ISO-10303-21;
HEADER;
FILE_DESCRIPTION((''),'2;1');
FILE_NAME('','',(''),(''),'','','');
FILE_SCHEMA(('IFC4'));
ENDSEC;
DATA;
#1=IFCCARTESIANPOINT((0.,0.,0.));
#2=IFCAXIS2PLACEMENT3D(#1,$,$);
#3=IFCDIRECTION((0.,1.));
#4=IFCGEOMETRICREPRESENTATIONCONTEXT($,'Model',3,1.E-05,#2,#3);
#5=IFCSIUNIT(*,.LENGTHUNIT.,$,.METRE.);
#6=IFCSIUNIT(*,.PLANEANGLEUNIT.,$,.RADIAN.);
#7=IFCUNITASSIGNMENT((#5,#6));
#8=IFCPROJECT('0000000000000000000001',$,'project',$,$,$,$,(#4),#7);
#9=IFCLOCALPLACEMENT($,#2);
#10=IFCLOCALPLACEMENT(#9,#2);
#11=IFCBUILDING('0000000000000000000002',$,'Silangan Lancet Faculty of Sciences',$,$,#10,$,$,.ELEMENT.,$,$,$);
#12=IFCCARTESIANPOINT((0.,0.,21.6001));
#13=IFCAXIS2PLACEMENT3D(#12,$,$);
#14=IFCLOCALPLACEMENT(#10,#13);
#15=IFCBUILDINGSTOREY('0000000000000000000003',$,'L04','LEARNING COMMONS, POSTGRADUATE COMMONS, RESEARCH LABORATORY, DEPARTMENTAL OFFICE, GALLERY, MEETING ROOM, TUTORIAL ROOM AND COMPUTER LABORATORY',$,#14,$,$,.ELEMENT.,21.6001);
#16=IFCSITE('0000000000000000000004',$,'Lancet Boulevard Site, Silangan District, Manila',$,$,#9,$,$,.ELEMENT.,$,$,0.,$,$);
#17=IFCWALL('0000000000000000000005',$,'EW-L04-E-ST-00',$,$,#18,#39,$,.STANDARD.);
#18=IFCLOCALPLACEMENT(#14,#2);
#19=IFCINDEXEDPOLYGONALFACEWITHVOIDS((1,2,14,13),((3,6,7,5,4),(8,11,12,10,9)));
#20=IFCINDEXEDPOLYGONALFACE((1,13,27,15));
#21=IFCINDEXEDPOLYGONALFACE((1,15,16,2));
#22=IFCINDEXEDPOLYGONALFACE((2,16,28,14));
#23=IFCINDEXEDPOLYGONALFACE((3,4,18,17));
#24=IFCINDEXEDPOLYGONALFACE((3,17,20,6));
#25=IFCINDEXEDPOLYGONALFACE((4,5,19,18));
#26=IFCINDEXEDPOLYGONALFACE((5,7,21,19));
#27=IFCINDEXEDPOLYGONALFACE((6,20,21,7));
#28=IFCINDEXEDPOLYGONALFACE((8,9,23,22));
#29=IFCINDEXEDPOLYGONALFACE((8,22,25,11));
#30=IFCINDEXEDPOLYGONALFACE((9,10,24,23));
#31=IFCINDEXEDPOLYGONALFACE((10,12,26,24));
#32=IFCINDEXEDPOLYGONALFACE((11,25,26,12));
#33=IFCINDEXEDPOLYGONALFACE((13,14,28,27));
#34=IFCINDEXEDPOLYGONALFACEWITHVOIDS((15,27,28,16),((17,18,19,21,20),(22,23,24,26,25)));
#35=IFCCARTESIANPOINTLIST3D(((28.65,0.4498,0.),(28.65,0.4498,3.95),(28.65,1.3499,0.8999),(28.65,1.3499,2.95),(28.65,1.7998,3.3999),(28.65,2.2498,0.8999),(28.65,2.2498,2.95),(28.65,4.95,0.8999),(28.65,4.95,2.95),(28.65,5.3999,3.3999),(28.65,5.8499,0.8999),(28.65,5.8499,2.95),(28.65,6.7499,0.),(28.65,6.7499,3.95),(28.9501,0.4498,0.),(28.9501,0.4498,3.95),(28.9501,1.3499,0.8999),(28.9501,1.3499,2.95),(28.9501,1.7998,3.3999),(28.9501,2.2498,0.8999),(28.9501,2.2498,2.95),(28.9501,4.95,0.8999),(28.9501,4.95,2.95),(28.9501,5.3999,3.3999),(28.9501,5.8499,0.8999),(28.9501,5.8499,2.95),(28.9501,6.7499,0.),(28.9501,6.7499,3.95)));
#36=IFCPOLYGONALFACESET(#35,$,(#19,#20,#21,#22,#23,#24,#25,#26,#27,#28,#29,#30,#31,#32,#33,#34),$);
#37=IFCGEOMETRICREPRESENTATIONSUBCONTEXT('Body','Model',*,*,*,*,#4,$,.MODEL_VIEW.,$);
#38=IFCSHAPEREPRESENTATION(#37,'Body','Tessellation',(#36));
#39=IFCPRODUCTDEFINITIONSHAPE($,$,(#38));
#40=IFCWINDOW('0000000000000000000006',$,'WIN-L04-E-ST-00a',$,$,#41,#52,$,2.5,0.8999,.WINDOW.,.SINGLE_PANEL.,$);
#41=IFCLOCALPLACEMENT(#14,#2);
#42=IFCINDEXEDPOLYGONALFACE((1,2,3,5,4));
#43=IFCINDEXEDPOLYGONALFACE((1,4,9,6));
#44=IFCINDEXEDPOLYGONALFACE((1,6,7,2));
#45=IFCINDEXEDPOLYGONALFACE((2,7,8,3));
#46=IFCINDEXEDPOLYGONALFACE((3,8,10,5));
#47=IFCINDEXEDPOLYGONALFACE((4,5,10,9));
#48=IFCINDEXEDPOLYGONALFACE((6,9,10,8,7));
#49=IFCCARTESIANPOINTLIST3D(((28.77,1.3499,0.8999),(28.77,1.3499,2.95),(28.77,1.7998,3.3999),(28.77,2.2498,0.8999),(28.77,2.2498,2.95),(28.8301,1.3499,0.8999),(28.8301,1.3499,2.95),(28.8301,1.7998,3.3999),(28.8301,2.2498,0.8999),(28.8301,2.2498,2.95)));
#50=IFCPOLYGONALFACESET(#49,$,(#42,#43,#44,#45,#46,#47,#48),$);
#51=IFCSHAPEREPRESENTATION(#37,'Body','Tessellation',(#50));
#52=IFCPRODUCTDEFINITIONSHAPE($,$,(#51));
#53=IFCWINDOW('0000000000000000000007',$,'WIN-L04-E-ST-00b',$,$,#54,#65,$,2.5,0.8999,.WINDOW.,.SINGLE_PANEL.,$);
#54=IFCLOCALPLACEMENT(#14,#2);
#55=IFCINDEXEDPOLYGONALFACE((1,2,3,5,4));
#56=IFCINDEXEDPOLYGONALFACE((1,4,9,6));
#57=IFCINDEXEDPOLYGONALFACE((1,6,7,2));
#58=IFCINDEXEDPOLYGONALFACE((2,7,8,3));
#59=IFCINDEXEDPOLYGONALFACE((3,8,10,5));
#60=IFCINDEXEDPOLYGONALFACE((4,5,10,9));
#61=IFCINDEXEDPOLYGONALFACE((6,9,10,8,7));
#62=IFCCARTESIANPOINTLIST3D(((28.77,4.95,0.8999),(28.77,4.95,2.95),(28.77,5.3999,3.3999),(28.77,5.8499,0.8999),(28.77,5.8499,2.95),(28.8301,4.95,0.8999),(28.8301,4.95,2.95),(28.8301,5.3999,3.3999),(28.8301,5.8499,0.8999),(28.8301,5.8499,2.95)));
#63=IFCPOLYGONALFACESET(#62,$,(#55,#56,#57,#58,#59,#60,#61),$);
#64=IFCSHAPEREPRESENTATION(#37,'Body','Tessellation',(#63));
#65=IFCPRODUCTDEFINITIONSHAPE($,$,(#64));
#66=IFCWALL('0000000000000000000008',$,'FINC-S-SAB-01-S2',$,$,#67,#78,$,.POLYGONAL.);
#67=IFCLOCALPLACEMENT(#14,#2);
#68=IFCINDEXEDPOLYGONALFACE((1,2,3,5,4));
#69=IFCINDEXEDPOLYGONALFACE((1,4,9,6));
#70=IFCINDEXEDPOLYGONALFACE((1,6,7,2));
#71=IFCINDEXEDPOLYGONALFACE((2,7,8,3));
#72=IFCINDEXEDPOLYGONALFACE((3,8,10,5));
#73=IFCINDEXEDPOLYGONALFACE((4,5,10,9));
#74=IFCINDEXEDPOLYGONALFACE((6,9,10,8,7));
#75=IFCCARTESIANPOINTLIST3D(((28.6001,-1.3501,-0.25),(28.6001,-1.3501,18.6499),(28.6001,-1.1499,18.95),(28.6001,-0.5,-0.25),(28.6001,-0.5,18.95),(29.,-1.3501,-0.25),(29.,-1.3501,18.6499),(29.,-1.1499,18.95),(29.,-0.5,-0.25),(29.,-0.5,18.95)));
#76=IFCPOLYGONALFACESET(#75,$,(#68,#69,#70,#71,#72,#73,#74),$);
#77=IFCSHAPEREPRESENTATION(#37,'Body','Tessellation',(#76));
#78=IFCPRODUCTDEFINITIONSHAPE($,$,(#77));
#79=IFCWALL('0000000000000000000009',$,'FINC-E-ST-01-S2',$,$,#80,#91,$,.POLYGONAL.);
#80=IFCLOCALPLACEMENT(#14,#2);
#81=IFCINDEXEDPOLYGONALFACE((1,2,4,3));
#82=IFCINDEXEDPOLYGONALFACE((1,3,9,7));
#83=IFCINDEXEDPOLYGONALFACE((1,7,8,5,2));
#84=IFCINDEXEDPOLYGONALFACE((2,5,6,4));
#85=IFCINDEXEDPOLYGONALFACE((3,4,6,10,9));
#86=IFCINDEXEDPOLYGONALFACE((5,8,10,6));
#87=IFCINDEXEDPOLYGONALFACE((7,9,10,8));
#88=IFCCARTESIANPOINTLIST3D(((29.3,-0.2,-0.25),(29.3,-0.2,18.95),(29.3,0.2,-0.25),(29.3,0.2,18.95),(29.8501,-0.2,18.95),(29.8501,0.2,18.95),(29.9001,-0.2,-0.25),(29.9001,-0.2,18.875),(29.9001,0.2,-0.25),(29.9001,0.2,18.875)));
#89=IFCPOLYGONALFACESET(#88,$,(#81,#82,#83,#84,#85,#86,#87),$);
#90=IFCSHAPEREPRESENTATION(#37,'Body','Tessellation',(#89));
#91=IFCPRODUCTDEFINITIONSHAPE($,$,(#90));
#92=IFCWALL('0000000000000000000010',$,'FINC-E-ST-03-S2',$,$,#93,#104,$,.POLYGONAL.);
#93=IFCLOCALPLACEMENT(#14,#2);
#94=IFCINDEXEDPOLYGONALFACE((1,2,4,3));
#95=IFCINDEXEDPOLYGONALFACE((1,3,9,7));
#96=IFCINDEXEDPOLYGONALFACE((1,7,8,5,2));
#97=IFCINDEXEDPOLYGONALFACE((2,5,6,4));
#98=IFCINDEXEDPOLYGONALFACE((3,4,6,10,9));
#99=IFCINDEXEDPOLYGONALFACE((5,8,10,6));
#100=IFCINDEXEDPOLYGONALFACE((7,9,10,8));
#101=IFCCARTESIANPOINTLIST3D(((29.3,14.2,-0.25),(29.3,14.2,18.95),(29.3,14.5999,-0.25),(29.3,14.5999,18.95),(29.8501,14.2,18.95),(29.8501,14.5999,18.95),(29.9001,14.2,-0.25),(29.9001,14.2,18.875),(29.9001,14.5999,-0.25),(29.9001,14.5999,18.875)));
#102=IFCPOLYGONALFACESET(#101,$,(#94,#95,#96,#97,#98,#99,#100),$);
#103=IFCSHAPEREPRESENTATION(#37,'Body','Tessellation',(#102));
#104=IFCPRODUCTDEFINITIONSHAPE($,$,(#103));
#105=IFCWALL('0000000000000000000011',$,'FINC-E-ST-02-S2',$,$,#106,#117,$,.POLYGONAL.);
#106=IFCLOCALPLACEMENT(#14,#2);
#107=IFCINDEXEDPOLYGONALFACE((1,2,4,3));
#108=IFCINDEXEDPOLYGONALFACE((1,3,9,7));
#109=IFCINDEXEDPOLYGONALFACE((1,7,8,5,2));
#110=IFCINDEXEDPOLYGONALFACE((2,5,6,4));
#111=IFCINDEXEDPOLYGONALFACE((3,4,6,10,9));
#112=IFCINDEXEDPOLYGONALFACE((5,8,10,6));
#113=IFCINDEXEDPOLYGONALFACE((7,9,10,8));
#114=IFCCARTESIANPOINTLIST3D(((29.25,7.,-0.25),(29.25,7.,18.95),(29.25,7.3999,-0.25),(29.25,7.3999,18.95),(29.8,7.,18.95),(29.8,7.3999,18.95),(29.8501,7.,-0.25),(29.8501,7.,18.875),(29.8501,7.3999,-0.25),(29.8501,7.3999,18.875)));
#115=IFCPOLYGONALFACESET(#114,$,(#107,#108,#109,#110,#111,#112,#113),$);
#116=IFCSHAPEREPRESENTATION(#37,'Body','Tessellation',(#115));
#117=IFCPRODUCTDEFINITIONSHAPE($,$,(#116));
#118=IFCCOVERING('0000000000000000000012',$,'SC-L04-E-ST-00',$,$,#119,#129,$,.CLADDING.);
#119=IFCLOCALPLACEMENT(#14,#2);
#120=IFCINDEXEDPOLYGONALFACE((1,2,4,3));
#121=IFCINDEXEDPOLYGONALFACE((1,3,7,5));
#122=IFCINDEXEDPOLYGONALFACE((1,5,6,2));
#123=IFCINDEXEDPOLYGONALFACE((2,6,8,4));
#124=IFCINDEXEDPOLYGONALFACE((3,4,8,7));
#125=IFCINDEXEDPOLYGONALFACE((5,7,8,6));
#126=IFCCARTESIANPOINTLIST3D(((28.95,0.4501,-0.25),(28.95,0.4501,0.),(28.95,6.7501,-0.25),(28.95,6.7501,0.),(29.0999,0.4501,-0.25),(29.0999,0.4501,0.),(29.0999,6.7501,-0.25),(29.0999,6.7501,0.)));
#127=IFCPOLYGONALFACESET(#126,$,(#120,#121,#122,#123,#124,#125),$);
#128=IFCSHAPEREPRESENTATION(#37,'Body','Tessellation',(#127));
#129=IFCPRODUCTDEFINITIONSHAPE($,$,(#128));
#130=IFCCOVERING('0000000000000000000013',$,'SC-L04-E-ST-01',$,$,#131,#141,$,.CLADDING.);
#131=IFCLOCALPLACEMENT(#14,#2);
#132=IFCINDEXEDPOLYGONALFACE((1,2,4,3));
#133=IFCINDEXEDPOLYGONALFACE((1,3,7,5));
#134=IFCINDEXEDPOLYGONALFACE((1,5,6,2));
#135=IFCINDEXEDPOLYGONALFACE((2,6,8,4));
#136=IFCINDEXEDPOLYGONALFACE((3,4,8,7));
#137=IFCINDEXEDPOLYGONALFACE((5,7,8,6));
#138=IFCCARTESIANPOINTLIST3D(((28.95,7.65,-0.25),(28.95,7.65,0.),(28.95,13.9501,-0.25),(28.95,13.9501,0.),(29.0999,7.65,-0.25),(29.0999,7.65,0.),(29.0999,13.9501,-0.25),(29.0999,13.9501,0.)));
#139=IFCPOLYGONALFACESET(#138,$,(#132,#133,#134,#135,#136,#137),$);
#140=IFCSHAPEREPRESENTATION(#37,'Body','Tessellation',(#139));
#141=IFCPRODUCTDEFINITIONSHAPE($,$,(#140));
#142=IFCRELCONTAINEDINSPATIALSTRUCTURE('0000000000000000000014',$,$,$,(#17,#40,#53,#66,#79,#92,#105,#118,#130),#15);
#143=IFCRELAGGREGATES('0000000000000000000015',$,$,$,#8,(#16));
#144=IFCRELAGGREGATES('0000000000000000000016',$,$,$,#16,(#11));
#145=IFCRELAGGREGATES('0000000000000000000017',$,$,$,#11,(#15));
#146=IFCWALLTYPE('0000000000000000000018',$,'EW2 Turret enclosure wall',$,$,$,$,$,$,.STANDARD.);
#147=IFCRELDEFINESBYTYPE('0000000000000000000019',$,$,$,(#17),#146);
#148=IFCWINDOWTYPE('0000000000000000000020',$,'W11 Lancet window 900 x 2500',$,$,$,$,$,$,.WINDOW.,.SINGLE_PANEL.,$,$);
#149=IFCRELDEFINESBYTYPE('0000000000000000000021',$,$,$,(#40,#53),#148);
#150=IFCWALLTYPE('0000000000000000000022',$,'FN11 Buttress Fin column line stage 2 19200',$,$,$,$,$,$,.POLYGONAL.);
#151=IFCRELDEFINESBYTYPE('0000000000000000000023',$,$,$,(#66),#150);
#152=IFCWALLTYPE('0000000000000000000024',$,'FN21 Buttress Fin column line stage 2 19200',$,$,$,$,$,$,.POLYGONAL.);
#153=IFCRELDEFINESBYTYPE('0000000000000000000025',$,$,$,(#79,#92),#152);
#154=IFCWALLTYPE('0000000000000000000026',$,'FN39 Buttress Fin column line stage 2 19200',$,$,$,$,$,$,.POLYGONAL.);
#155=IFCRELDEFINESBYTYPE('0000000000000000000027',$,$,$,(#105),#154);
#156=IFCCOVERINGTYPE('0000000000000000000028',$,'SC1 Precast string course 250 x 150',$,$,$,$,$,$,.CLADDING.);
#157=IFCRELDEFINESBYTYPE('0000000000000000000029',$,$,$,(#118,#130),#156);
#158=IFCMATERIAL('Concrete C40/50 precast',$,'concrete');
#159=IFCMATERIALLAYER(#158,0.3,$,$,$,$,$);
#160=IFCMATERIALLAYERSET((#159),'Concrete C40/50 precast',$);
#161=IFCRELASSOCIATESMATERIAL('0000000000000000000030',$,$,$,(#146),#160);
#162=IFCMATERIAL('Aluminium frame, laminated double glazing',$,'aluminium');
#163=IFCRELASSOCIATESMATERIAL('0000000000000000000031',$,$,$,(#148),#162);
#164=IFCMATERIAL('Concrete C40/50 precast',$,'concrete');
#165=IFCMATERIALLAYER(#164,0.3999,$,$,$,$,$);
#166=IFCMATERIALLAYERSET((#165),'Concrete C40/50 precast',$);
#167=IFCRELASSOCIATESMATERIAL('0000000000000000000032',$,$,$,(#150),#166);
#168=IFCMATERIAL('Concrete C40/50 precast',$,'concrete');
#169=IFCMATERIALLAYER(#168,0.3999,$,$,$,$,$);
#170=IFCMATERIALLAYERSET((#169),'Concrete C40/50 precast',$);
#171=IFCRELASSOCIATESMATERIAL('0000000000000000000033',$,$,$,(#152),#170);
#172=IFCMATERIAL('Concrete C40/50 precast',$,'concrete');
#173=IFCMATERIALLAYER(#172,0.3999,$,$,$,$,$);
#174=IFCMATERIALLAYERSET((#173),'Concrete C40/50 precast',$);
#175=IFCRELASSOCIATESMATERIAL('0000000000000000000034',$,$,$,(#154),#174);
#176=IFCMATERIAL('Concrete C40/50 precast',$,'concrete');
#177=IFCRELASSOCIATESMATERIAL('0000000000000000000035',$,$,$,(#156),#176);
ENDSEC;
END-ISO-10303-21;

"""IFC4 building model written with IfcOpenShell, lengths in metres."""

from ifc_helpers import new_model, si_unit, direction, frame, frame_2d, origin, origin_2d, place, context, subcontext, project, spatial, polyline, rectangle, outline, extrude, material, layer, layer_set, type_object, element, fill, save


model = new_model("IFC4")

# Units and contexts
model_context = context("Model", 3, precision=1e-05, world=origin(), true_north=direction((0.0, 1.0)))
body_context = subcontext(model_context, "Body", "Model", "MODEL_VIEW")
ifc_project = project(units=[si_unit("LENGTHUNIT", "METRE"), si_unit("PLANEANGLEUNIT", "RADIAN")], contexts=[model_context])

# Site, building, storey
site_placement = place(None, origin())
site = spatial("IfcSite", under=ifc_project, at=site_placement, Name="Lancet Boulevard Site, Silangan District, Manila", CompositionType="ELEMENT", RefElevation=0.0)
building_placement = place(site_placement, origin())
building = spatial("IfcBuilding", under=site, at=building_placement, Name="Silangan Lancet Faculty of Sciences", CompositionType="ELEMENT")
storey_placement = place(building_placement, frame((0.0, 0.0, 21.6001)))
storey = spatial("IfcBuildingStorey", under=building, at=storey_placement, Name="L04", Description="LEARNING COMMONS, POSTGRADUATE COMMONS, RESEARCH LABORATORY, DEPARTMENTAL OFFICE, GALLERY, MEETING ROOM, TUTORIAL ROOM AND COMPUTER LABORATORY", CompositionType="ELEMENT", Elevation=21.6001)

# Wall, openings, windows
ifc_material_1 = material(Name="Concrete C40/50 precast", Category="concrete")
ifc_layer_1 = layer(ifc_material_1, 0.3)
ifc_layer_set_1 = layer_set([ifc_layer_1], Name="Concrete C40/50 precast")
wall_type_1 = type_object("IfcWallType", Name="EW2 Turret enclosure wall", PredefinedType="STANDARD", material=ifc_layer_set_1)
wall_1_placement = place(storey_placement, frame((28.8, 0.45, 0.0), z_axis=(0.0, 0.0, 1.0), x_axis=(0.0, 1.0, 0.0)))
wall_1 = element("IfcWall", 1, at=wall_1_placement, inside=storey, type_object=wall_type_1, Name="EW-L04-E-ST-00", PredefinedType="STANDARD", context=body_context, shape_type="SweptSolid", body=[
    extrude(rectangle(XDim=6.3, YDim=0.3, at=frame_2d((3.1499, 0.0))), origin(), (0.0, 0.0, 1.0), 3.95),
])
opening_1_placement = place(wall_1_placement, frame((0.8999, 0.0, 0.8999)))
opening_1 = element("IfcOpeningElement", 2, at=opening_1_placement, cuts=wall_1, PredefinedType="OPENING", context=body_context, shape_type="SweptSolid", body=[
    extrude(outline(polyline([(0.0, 0.0), (0.8999, 0.0), (0.8999, 2.05), (0.45, 2.5), (0.0, 2.05), (0.0, 0.0)])), frame((0.0, 0.1599, 0.0), z_axis=(0.0, -1.0, 0.0), x_axis=(1.0, 0.0, 0.0)), (0.0, 0.0, 1.0), 0.3201),
])
opening_2_placement = place(wall_1_placement, frame((4.5, 0.0, 0.8999)))
opening_2 = element("IfcOpeningElement", 3, at=opening_2_placement, cuts=wall_1, PredefinedType="OPENING", context=body_context, shape_type="SweptSolid", body=[
    extrude(outline(polyline([(0.0, 0.0), (0.8999, 0.0), (0.8999, 2.05), (0.45, 2.5), (0.0, 2.05), (0.0, 0.0)])), frame((0.0, 0.1599, 0.0), z_axis=(0.0, -1.0, 0.0), x_axis=(1.0, 0.0, 0.0)), (0.0, 0.0, 1.0), 0.3201),
])
ifc_material_2 = material(Name="Aluminium frame, laminated double glazing", Category="aluminium")
window_type_1 = type_object("IfcWindowType", Name="W11 Lancet window 900 x 2500", PartitioningType="SINGLE_PANEL", PredefinedType="WINDOW", material=ifc_material_2)
window_1_placement = place(opening_1_placement, origin())
window_1 = element("IfcWindow", 4, at=window_1_placement, inside=storey, type_object=window_type_1, Name="WIN-L04-E-ST-00a", OverallHeight=2.5, OverallWidth=0.8999, PartitioningType="SINGLE_PANEL", PredefinedType="WINDOW", context=body_context, shape_type="SweptSolid", body=[
    extrude(outline(polyline([(0.0, 0.0), (0.8999, 0.0), (0.8999, 2.05), (0.45, 2.5), (0.0, 2.05), (0.0, 0.0)])), frame((0.0, 0.03, 0.0), z_axis=(0.0, -1.0, 0.0), x_axis=(1.0, 0.0, 0.0)), (0.0, 0.0, 1.0), 0.0601),
])
fill(opening_1, window_1)
window_2_placement = place(opening_2_placement, origin())
window_2 = element("IfcWindow", 5, at=window_2_placement, inside=storey, type_object=window_type_1, Name="WIN-L04-E-ST-00b", OverallHeight=2.5, OverallWidth=0.8999, PartitioningType="SINGLE_PANEL", PredefinedType="WINDOW", context=body_context, shape_type="SweptSolid", body=[
    extrude(outline(polyline([(0.0, 0.0), (0.8999, 0.0), (0.8999, 2.05), (0.45, 2.5), (0.0, 2.05), (0.0, 0.0)])), frame((0.0, 0.03, 0.0), z_axis=(0.0, -1.0, 0.0), x_axis=(1.0, 0.0, 0.0)), (0.0, 0.0, 1.0), 0.0601),
])
fill(opening_2, window_2)

# Walls
ifc_material_3 = material(Name="Concrete C40/50 precast", Category="concrete")
ifc_layer_2 = layer(ifc_material_3, 0.3999)
ifc_layer_set_2 = layer_set([ifc_layer_2], Name="Concrete C40/50 precast")
wall_type_2 = type_object("IfcWallType", Name="FN11 Buttress Fin column line stage 2 19200", PredefinedType="POLYGONAL", material=ifc_layer_set_2)
wall_2_placement = place(storey_placement, frame((28.8, -0.5, -0.25), z_axis=(0.0, 0.0, 1.0), x_axis=(0.0, -1.0, 0.0)))
element("IfcWall", 6, at=wall_2_placement, inside=storey, type_object=wall_type_2, Name="FINC-S-SAB-01-S2", PredefinedType="POLYGONAL", context=body_context, shape_type="SweptSolid", body=[
    extrude(outline(polyline([(0.8501, 0.0), (0.8501, 18.8999), (0.6499, 19.2), (0.0, 19.2), (0.0, 0.0), (0.8501, 0.0)])), frame((0.0, 0.2, 0.0), z_axis=(0.0, -1.0, 0.0), x_axis=(1.0, 0.0, 0.0)), (0.0, 0.0, 1.0), 0.3999),
])
ifc_material_4 = material(Name="Concrete C40/50 precast", Category="concrete")
ifc_layer_3 = layer(ifc_material_4, 0.3999)
ifc_layer_set_3 = layer_set([ifc_layer_3], Name="Concrete C40/50 precast")
wall_type_3 = type_object("IfcWallType", Name="FN21 Buttress Fin column line stage 2 19200", PredefinedType="POLYGONAL", material=ifc_layer_set_3)
for number, where, z_axis, x_axis, name in (
    (7, (29.3, 0.0, -0.25), (0.0, 0.0, 1.0), (1.0, 0.0, 0.0), "FINC-E-ST-01-S2"),
    (8, (29.3, 14.3999, -0.25), (0.0, 0.0, 1.0), (1.0, 0.0, 0.0), "FINC-E-ST-03-S2"),
):
    element("IfcWall", number, at=place(storey_placement, frame(where, z_axis=z_axis, x_axis=x_axis)), inside=storey, type_object=wall_type_3, Name=name, PredefinedType="POLYGONAL", context=body_context, shape_type="SweptSolid", body=[
        extrude(outline(polyline([(0.6001, 0.0), (0.6001, 19.125), (0.55, 19.2), (0.0, 19.2), (0.0, 0.0), (0.6001, 0.0)])), frame((0.0, 0.2, 0.0), z_axis=(0.0, -1.0, 0.0), x_axis=(1.0, 0.0, 0.0)), (0.0, 0.0, 1.0), 0.3999),
    ])
ifc_material_5 = material(Name="Concrete C40/50 precast", Category="concrete")
ifc_layer_4 = layer(ifc_material_5, 0.3999)
ifc_layer_set_4 = layer_set([ifc_layer_4], Name="Concrete C40/50 precast")
wall_type_4 = type_object("IfcWallType", Name="FN39 Buttress Fin column line stage 2 19200", PredefinedType="POLYGONAL", material=ifc_layer_set_4)
wall_3_placement = place(storey_placement, frame((29.25, 7.2, -0.25), z_axis=(0.0, 0.0, 1.0), x_axis=(1.0, 0.0, 0.0)))
element("IfcWall", 9, at=wall_3_placement, inside=storey, type_object=wall_type_4, Name="FINC-E-ST-02-S2", PredefinedType="POLYGONAL", context=body_context, shape_type="SweptSolid", body=[
    extrude(outline(polyline([(0.6001, 0.0), (0.6001, 19.125), (0.55, 19.2), (0.0, 19.2), (0.0, 0.0), (0.6001, 0.0)])), frame((0.0, 0.2, 0.0), z_axis=(0.0, -1.0, 0.0), x_axis=(1.0, 0.0, 0.0)), (0.0, 0.0, 1.0), 0.3999),
])

# Coverings
ifc_material_6 = material(Name="Concrete C40/50 precast", Category="concrete")
covering_type = type_object("IfcCoveringType", Name="SC1 Precast string course 250 x 150", PredefinedType="CLADDING", material=ifc_material_6)
for number, where, z_axis, x_axis, name in (
    (10, (29.0249, 3.6001, -0.25), (0.0, 0.0, 1.0), (1.0, 0.0, 0.0), "SC-L04-E-ST-00"),
    (11, (29.0249, 10.8, -0.25), (0.0, 0.0, 1.0), (1.0, 0.0, 0.0), "SC-L04-E-ST-01"),
):
    element("IfcCovering", number, at=place(storey_placement, frame(where, z_axis=z_axis, x_axis=x_axis)), inside=storey, type_object=covering_type, Name=name, PredefinedType="CLADDING", context=body_context, shape_type="SweptSolid", body=[
        extrude(rectangle(XDim=0.1499, YDim=6.3, at=origin_2d()), origin(), (0.0, 0.0, 1.0), 0.25),
    ])

save(model, "model.ifc")
